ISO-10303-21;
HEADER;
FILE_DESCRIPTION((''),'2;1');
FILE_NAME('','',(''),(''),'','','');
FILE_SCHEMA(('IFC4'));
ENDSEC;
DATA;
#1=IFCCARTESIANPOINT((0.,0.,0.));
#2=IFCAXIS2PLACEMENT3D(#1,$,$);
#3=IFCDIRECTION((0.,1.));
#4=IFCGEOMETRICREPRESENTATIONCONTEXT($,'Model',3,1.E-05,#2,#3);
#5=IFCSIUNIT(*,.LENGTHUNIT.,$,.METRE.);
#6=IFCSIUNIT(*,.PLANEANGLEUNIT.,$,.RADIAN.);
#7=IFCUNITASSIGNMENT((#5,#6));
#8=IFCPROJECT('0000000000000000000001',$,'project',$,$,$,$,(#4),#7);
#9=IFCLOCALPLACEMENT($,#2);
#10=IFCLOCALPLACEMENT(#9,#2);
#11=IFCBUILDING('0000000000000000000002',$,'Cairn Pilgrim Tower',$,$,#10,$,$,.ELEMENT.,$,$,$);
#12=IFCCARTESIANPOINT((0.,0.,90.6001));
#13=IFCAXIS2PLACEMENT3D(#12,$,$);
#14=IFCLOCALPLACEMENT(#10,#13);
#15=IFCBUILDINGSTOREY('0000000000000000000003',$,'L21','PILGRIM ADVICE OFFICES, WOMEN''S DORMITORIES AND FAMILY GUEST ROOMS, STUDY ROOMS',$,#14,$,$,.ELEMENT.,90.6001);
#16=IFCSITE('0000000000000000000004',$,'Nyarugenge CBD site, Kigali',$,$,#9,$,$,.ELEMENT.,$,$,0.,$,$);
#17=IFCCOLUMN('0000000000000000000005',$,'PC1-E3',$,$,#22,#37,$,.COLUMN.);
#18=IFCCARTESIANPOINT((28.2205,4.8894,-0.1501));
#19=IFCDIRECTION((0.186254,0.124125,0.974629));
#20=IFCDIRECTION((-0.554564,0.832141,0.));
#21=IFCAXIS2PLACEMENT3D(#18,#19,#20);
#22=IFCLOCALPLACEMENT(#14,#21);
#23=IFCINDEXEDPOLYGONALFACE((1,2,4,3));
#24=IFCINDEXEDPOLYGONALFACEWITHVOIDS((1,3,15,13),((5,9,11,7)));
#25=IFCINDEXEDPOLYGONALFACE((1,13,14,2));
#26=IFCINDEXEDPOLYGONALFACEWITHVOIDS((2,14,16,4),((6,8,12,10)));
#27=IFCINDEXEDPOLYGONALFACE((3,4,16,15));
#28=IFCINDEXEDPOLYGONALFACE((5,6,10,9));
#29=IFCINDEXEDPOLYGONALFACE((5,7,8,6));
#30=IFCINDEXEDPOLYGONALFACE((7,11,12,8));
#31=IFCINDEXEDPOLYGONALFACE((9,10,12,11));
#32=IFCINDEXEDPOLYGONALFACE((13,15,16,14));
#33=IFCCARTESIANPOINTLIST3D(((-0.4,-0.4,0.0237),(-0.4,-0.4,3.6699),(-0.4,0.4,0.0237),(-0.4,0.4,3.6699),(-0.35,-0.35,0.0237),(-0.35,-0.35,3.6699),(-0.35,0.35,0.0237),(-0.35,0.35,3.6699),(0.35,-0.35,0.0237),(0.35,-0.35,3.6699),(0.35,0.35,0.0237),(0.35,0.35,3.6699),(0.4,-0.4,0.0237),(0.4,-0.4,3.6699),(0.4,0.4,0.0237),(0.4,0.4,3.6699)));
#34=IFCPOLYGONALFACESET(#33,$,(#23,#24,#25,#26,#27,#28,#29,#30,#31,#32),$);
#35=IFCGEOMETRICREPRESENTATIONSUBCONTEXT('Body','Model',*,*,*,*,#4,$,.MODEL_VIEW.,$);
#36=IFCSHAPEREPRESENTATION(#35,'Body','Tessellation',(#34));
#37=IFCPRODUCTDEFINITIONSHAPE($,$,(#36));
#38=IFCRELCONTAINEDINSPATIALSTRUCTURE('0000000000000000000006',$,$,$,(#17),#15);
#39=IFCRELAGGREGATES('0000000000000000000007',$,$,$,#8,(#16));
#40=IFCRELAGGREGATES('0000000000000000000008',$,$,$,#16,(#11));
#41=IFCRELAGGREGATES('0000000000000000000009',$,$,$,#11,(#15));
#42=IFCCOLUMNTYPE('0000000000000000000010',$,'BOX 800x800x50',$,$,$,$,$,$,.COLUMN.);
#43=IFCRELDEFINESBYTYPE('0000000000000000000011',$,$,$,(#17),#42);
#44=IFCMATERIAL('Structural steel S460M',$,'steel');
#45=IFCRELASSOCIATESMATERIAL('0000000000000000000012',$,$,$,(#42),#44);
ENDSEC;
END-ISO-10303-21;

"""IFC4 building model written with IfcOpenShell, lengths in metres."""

from ifc_helpers import new_model, si_unit, direction, frame, origin, origin_2d, place, context, subcontext, project, spatial, hollow_rectangle, extrude, clip, halfspace, material, material_profile, profile_set, type_object, element, save


model = new_model("IFC4")

# Units and contexts
model_context = context("Model", 3, precision=1e-05, world=origin(), true_north=direction((0.0, 1.0)))
body_context = subcontext(model_context, "Body", "Model", "MODEL_VIEW")
ifc_project = project(units=[si_unit("LENGTHUNIT", "METRE"), si_unit("PLANEANGLEUNIT", "RADIAN")], contexts=[model_context])

# Site, building, storey
site_placement = place(None, origin())
site = spatial("IfcSite", under=ifc_project, at=site_placement, Name="Nyarugenge CBD site, Kigali", CompositionType="ELEMENT", RefElevation=0.0)
building_placement = place(site_placement, origin())
building = spatial("IfcBuilding", under=site, at=building_placement, Name="Cairn Pilgrim Tower", CompositionType="ELEMENT")
storey_placement = place(building_placement, frame((0.0, 0.0, 90.6001)))
storey = spatial("IfcBuildingStorey", under=building, at=storey_placement, Name="L21", Description="PILGRIM ADVICE OFFICES, WOMEN'S DORMITORIES AND FAMILY GUEST ROOMS, STUDY ROOMS", CompositionType="ELEMENT", Elevation=90.6001)

# Column
ifc_material_1 = material(Name="Structural steel S460M", Category="steel")
ifc_material_profile_1 = material_profile(ifc_material_1, hollow_rectangle(XDim=0.8, YDim=0.8, WallThickness=0.05, at=origin_2d()), Name="BOX 800x800x50")
ifc_profile_set_1 = profile_set([ifc_material_profile_1], Name="Structural steel S460M")
column_type_1 = type_object("IfcColumnType", Name="BOX 800x800x50", PredefinedType="COLUMN", material=ifc_profile_set_1)
column_1_placement = place(storey_placement, frame((28.2205, 4.8894, -0.1501), z_axis=(0.186254, 0.124125, 0.974629), x_axis=(-0.554564, 0.832141, 0.0)))
element("IfcColumn", 1, at=column_1_placement, inside=storey, type_object=column_type_1, Name="PC1-E3", PredefinedType="COLUMN", context=body_context, shape_type="Clipping", body=[
    clip(clip(extrude(hollow_rectangle(XDim=0.8, YDim=0.8, WallThickness=0.05, at=origin_2d()), origin(), (0.0, 0.0, 1.0), 3.6938), halfspace(frame((0.0, 0.0, 0.0237), z_axis=(0.0, 0.0, 1.0), x_axis=(1.0, 0.0, 0.0)), True)), halfspace(frame((0.0, 0.0, 3.6699), z_axis=(0.0, 0.0, 1.0), x_axis=(1.0, 0.0, 0.0)), False)),
])

save(model, "model.ifc")
